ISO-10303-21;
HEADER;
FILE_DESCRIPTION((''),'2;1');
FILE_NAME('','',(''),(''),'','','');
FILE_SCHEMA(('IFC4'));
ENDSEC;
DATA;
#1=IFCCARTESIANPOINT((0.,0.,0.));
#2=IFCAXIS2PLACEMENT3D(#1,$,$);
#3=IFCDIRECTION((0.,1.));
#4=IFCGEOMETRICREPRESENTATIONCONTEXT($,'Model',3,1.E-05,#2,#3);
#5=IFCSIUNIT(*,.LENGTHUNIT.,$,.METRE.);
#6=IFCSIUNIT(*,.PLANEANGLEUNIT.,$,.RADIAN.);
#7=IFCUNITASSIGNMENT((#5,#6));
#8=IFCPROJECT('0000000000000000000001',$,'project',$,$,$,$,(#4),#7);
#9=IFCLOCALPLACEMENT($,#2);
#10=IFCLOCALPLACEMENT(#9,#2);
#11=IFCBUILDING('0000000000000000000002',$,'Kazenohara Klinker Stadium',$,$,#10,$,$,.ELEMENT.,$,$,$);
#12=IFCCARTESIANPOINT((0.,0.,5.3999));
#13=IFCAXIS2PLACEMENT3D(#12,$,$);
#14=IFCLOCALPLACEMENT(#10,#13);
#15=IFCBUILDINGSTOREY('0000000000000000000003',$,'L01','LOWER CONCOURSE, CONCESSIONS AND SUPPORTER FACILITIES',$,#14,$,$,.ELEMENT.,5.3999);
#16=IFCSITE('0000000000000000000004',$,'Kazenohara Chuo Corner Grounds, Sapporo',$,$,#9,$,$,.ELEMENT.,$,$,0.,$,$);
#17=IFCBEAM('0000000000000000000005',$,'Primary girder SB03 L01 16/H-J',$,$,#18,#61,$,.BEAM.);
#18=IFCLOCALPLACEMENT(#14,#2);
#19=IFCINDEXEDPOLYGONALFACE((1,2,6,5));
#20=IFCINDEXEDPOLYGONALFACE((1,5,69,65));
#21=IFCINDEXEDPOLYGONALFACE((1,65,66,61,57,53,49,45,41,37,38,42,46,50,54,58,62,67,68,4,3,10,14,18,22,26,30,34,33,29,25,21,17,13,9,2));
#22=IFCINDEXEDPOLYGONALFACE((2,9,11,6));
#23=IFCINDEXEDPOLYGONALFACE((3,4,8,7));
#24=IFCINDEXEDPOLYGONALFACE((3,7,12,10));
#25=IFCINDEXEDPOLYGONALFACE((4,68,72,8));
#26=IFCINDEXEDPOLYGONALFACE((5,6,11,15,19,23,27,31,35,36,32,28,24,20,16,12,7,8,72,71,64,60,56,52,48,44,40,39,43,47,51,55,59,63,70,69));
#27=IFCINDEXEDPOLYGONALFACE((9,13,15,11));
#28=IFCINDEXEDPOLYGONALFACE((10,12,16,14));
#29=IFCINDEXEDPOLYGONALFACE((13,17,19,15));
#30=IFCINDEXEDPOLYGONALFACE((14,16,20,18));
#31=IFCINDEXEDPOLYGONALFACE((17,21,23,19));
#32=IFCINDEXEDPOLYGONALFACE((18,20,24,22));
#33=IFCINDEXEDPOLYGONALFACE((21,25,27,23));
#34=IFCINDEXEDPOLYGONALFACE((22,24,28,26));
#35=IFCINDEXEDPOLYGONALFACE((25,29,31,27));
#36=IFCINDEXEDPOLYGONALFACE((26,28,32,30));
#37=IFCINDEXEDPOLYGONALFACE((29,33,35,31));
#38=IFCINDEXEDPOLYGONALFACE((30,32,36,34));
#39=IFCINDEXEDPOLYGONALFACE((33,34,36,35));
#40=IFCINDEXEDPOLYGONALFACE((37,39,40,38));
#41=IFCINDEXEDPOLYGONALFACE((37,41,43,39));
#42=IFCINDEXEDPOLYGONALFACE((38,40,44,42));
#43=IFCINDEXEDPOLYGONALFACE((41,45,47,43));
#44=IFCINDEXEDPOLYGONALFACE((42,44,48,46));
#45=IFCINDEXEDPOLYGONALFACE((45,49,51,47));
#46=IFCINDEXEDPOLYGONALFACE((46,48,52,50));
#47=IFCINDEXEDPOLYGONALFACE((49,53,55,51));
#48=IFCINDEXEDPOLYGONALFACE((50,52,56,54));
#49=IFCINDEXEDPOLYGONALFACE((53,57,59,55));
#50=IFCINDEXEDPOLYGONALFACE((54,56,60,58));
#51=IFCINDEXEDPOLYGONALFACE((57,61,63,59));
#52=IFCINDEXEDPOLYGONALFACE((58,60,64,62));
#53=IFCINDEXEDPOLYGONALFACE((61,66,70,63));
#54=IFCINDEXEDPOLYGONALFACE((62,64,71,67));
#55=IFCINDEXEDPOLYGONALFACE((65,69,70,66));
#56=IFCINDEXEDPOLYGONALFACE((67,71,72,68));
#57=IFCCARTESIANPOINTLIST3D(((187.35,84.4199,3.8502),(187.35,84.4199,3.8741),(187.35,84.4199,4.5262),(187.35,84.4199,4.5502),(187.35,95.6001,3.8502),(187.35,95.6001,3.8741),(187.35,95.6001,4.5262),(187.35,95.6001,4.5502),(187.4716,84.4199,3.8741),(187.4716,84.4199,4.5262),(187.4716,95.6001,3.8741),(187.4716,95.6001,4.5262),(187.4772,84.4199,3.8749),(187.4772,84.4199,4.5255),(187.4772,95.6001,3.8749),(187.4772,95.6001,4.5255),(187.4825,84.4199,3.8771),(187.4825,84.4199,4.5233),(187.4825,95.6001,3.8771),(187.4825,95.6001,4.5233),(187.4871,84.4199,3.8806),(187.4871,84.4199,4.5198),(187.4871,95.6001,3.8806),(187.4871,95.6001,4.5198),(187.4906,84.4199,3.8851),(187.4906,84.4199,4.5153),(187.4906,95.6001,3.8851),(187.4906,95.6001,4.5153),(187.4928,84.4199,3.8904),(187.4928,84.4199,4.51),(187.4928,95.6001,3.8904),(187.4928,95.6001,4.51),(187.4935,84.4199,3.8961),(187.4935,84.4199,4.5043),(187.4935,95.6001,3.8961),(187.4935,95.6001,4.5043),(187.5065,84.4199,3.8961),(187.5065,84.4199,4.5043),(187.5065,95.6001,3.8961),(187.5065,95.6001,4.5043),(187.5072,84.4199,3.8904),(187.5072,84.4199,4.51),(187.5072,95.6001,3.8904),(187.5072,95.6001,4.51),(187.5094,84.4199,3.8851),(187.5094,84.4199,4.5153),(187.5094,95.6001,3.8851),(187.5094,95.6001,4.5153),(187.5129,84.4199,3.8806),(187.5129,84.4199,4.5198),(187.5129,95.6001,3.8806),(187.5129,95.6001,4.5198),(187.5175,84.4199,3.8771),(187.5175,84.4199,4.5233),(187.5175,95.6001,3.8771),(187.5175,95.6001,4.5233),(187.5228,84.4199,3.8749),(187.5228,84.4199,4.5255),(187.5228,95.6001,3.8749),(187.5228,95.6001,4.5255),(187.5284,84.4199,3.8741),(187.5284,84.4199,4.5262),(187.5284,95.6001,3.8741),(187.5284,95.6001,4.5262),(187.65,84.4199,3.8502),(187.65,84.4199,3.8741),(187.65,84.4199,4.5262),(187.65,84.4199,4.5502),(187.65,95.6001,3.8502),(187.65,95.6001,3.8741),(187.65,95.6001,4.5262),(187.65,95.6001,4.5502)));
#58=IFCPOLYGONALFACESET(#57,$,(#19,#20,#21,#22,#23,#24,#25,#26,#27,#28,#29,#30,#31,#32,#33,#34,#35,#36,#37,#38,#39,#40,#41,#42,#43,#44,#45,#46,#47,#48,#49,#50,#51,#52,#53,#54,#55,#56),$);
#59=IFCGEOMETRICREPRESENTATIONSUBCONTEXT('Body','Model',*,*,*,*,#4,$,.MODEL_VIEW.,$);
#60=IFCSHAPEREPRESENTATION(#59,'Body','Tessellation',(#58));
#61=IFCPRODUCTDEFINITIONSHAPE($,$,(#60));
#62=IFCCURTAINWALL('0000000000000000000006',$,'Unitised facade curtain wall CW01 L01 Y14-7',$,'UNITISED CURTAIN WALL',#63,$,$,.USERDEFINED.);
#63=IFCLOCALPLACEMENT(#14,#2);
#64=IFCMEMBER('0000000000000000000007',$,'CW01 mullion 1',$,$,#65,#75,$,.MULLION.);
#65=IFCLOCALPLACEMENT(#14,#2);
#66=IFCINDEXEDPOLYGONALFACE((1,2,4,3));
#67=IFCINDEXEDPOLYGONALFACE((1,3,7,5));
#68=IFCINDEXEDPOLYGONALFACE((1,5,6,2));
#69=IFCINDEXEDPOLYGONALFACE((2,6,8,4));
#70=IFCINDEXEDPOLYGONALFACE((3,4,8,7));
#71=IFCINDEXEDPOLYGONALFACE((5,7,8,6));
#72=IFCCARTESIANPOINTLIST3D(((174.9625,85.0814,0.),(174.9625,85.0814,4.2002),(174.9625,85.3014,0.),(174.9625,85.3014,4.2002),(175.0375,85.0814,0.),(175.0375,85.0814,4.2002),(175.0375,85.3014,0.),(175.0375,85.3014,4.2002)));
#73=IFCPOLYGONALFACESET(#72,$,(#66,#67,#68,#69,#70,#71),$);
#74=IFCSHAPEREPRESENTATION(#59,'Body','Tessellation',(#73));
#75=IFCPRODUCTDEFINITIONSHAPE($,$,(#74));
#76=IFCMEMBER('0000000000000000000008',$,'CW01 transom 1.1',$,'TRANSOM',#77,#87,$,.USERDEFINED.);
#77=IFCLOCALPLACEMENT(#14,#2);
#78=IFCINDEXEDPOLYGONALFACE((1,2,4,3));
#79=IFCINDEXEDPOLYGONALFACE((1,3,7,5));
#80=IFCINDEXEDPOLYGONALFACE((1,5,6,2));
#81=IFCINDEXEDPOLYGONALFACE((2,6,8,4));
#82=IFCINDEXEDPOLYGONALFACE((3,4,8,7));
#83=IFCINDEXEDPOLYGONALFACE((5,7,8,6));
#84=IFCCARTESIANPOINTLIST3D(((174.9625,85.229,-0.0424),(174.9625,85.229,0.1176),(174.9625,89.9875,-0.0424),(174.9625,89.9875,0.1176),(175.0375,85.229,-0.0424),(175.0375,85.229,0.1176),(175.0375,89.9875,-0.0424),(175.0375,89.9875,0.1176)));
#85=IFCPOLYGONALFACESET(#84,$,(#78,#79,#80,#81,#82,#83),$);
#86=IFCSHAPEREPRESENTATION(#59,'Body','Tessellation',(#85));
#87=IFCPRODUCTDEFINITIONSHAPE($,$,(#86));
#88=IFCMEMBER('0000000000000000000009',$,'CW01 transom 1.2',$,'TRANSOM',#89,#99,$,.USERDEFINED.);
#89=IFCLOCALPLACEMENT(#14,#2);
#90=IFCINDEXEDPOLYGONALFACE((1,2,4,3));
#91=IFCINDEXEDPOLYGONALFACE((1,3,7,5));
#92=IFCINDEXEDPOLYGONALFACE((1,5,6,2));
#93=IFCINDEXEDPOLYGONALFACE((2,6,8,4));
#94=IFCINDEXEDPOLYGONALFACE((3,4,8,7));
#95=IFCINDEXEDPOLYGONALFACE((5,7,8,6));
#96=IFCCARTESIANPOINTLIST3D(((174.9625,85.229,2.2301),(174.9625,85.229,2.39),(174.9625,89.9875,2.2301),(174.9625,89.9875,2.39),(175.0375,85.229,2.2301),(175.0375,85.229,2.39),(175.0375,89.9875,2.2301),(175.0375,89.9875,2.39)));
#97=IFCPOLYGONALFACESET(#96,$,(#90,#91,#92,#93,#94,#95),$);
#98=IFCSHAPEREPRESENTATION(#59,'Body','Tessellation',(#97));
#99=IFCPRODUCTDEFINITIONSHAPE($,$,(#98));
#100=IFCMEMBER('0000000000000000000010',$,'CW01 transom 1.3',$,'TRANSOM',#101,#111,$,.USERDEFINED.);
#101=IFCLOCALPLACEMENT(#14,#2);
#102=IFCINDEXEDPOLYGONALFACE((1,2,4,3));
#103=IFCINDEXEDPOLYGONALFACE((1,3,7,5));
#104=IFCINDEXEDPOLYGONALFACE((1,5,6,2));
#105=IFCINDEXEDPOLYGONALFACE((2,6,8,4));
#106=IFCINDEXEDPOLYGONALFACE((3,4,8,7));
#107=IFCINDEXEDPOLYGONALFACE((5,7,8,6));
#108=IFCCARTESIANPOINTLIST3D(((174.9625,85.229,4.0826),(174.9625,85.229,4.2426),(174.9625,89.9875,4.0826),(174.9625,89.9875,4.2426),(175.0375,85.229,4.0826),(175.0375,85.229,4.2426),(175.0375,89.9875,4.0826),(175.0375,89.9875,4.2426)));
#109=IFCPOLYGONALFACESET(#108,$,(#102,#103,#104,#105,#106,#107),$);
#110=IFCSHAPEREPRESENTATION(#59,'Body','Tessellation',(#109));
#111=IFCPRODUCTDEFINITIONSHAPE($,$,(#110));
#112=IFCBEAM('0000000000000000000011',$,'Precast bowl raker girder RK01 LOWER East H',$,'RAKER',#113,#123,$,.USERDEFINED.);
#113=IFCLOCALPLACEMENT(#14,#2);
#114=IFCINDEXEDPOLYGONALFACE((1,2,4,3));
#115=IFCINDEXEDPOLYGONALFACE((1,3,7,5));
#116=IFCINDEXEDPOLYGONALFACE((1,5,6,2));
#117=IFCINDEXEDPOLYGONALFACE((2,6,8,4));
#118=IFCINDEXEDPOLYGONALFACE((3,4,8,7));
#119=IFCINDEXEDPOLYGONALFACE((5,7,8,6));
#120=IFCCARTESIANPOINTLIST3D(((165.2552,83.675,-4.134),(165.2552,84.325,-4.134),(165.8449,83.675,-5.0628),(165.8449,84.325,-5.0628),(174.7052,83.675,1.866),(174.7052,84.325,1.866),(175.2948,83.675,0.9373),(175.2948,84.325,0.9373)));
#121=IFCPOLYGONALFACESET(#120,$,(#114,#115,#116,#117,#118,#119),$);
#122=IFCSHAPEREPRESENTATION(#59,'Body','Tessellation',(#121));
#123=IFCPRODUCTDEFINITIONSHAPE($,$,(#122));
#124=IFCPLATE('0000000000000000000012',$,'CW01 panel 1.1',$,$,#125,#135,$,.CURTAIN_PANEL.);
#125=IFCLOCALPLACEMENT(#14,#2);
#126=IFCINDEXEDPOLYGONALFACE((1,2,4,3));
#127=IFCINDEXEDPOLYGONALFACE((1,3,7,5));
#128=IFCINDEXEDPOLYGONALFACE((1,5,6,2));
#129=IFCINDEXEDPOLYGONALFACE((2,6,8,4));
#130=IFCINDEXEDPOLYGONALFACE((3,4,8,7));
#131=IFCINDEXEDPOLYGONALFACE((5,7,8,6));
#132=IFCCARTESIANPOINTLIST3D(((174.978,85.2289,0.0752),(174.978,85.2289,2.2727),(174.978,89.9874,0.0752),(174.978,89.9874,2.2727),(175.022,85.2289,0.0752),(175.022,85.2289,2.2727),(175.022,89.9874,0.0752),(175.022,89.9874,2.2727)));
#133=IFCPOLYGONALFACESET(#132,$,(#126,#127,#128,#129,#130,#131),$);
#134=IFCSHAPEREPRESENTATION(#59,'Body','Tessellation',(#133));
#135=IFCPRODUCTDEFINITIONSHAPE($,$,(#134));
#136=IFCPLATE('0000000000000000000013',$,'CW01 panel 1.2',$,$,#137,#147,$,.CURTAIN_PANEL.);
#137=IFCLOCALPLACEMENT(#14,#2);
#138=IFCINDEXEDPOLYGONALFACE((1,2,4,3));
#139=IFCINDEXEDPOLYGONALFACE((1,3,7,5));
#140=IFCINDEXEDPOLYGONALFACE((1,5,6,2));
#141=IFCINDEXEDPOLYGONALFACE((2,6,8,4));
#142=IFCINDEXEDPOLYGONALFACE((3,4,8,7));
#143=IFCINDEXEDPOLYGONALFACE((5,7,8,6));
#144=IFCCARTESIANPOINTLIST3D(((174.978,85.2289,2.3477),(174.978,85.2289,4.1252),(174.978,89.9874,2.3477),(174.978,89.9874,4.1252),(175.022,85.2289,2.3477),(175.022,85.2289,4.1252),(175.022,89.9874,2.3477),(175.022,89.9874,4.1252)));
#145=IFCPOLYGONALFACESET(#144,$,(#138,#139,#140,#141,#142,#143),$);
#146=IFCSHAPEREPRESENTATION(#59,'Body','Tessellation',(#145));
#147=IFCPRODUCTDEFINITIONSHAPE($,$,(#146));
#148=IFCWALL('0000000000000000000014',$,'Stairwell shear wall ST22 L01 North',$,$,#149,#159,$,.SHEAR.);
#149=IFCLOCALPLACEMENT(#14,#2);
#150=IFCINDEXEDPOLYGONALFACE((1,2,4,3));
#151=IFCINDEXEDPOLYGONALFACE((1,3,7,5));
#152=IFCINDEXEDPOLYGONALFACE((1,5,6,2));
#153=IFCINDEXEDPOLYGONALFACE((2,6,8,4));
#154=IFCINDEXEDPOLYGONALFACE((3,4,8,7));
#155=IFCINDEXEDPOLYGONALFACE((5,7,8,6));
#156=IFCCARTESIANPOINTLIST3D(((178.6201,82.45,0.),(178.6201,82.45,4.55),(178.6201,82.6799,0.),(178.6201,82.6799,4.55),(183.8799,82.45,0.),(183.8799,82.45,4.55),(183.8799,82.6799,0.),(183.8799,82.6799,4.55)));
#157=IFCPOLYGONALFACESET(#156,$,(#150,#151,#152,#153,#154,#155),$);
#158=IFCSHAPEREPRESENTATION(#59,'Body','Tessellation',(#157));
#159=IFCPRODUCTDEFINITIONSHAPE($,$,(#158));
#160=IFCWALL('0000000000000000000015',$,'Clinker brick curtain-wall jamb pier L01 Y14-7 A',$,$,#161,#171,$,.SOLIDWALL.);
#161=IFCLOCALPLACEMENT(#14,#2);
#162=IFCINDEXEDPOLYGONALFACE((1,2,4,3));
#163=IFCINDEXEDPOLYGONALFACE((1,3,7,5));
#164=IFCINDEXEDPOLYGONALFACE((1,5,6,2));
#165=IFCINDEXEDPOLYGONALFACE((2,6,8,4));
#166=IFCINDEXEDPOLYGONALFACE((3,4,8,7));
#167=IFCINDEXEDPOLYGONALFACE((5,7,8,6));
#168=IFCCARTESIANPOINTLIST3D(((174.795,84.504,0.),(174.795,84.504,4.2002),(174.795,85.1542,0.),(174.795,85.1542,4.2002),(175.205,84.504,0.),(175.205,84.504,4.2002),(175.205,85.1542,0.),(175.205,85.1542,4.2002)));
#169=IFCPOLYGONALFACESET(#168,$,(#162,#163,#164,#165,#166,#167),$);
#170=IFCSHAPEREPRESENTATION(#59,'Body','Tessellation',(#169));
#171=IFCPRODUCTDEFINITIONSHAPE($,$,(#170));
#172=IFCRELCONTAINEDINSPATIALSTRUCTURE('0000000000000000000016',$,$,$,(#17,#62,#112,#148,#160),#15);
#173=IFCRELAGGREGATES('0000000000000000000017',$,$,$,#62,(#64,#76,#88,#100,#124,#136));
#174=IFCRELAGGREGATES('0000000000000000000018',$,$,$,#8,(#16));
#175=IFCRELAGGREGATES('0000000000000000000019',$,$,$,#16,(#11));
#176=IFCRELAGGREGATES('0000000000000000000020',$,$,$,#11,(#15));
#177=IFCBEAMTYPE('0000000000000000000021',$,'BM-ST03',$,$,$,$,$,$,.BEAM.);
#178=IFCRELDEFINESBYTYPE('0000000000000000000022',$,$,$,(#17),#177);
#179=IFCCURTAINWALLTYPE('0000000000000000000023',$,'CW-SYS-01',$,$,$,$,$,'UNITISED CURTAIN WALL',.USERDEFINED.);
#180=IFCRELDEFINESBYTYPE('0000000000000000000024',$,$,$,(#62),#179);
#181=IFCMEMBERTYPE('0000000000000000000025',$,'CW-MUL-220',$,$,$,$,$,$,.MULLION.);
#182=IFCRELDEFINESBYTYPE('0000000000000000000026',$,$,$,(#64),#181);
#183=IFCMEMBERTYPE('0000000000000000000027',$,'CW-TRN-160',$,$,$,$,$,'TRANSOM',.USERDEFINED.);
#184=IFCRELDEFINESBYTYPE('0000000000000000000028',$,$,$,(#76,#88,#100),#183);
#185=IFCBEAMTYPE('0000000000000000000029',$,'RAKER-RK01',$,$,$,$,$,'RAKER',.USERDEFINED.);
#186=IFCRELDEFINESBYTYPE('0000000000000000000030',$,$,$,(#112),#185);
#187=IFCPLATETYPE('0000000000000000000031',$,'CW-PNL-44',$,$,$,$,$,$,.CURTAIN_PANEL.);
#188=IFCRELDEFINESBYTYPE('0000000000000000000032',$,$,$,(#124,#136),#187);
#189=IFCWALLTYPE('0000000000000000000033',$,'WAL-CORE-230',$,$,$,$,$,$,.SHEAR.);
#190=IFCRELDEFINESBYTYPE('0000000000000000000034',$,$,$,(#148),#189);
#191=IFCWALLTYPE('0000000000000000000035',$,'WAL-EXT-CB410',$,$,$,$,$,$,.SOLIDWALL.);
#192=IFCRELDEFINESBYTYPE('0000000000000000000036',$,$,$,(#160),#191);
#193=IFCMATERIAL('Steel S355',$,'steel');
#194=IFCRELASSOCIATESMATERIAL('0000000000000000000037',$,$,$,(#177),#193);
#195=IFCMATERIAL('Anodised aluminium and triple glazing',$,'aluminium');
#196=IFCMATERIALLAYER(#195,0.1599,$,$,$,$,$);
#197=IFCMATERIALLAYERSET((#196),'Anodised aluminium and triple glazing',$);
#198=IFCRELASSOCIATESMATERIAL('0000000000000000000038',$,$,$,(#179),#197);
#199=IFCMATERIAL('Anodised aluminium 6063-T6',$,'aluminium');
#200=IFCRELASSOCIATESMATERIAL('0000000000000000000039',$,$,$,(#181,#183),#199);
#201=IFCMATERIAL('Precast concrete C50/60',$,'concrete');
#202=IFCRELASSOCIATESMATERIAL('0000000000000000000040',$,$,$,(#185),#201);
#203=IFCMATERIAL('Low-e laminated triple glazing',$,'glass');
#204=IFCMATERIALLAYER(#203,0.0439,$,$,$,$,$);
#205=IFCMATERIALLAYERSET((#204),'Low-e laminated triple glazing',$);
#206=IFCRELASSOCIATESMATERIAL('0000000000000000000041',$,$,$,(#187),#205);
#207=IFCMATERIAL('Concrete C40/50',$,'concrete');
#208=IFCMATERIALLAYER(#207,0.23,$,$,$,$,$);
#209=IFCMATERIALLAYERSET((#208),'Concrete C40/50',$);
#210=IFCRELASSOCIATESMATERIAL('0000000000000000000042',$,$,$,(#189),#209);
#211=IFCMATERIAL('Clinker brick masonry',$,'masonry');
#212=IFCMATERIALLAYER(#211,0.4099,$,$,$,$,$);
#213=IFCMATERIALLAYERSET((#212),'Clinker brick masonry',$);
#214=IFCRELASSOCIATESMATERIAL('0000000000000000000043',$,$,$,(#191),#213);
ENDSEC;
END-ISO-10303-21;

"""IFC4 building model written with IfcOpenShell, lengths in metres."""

from ifc_helpers import new_model, si_unit, direction, frame, frame_2d, origin, origin_2d, place, context, subcontext, project, spatial, rectangle, i_section, extrude, material, layer, layer_set, material_profile, profile_set, type_object, element, aggregate, save


model = new_model("IFC4")

# Units and contexts
model_context = context("Model", 3, precision=1e-05, world=origin(), true_north=direction((0.0, 1.0)))
body_context = subcontext(model_context, "Body", "Model", "MODEL_VIEW")
ifc_project = project(units=[si_unit("LENGTHUNIT", "METRE"), si_unit("PLANEANGLEUNIT", "RADIAN")], contexts=[model_context])

# Site, building, storey
site_placement = place(None, origin())
site = spatial("IfcSite", under=ifc_project, at=site_placement, Name="Kazenohara Chuo Corner Grounds, Sapporo", CompositionType="ELEMENT", RefElevation=0.0)
building_placement = place(site_placement, origin())
building = spatial("IfcBuilding", under=site, at=building_placement, Name="Kazenohara Klinker Stadium", CompositionType="ELEMENT")
storey_placement = place(building_placement, frame((0.0, 0.0, 5.3999)))
storey = spatial("IfcBuildingStorey", under=building, at=storey_placement, Name="L01", Description="LOWER CONCOURSE, CONCESSIONS AND SUPPORTER FACILITIES", CompositionType="ELEMENT", Elevation=5.3999)

# Shared definitions
ifc_material_1 = material(Name="Concrete C40/50", Category="concrete")

# Beam
ifc_material_2 = material(Name="Steel S355", Category="steel")
ifc_material_profile_1 = material_profile(ifc_material_2, i_section(OverallWidth=0.3, OverallDepth=0.7, WebThickness=0.0129, FlangeThickness=0.0239, FilletRadius=0.022, at=origin_2d()), Name="H-700x300x13x24")
ifc_profile_set_1 = profile_set([ifc_material_profile_1], Name="Steel S355")
beam_type_1 = type_object("IfcBeamType", Name="BM-ST03", PredefinedType="BEAM", material=ifc_profile_set_1)
beam_1_placement = place(storey_placement, frame((187.5, 84.4199, 4.2002), z_axis=(0.0, 1.0, 0.0), x_axis=(-1.0, 0.0, 0.0)))
element("IfcBeam", 1, at=beam_1_placement, inside=storey, type_object=beam_type_1, Name="Primary girder SB03 L01 16/H-J", PredefinedType="BEAM", context=body_context, shape_type="SweptSolid", body=[
    extrude(i_section(OverallWidth=0.3, OverallDepth=0.7, WebThickness=0.0129, FlangeThickness=0.0239, FilletRadius=0.022, at=origin_2d()), origin(), (0.0, 0.0, 1.0), 11.1802),
])

# Curtain wall, members
ifc_material_3 = material(Name="Anodised aluminium and triple glazing", Category="aluminium")
ifc_layer_1 = layer(ifc_material_3, 0.1599)
ifc_layer_set_1 = layer_set([ifc_layer_1], Name="Anodised aluminium and triple glazing")
curtain_wall_type = type_object("IfcCurtainWallType", Name="CW-SYS-01", ElementType="UNITISED CURTAIN WALL", PredefinedType="USERDEFINED", material=ifc_layer_set_1)
curtain_wall_placement = place(storey_placement, origin())
curtain_wall = element("IfcCurtainWall", 2, at=curtain_wall_placement, inside=storey, type_object=curtain_wall_type, Name="Unitised facade curtain wall CW01 L01 Y14-7", ObjectType="UNITISED CURTAIN WALL", PredefinedType="USERDEFINED")
ifc_material_4 = material(Name="Anodised aluminium 6063-T6", Category="aluminium")
ifc_material_profile_2 = material_profile(ifc_material_4, rectangle(XDim=0.075, YDim=0.22, at=origin_2d()), Name="ALU-MUL-75x220")
ifc_profile_set_2 = profile_set([ifc_material_profile_2], Name="Anodised aluminium 6063-T6")
member_type_1 = type_object("IfcMemberType", Name="CW-MUL-220", PredefinedType="MULLION", material=ifc_profile_set_2)
member_1_placement = place(storey_placement, frame((175.0, 85.1914, 0.0), z_axis=(0.0, 0.0, 1.0), x_axis=(-1.0, 0.0, 0.0)))
member_1 = element("IfcMember", 3, at=member_1_placement, type_object=member_type_1, Name="CW01 mullion 1", PredefinedType="MULLION", context=body_context, shape_type="SweptSolid", body=[
    extrude(rectangle(XDim=0.075, YDim=0.22, at=origin_2d()), origin(), (0.0, 0.0, 1.0), 4.2002),
])
ifc_material_profile_3 = material_profile(ifc_material_4, rectangle(XDim=0.075, YDim=0.1599, at=origin_2d()), Name="ALU-TRN-75x160")
ifc_profile_set_3 = profile_set([ifc_material_profile_3], Name="Anodised aluminium 6063-T6")
member_type_2 = type_object("IfcMemberType", Name="CW-TRN-160", ElementType="TRANSOM", PredefinedType="USERDEFINED", material=ifc_profile_set_3)
member_2_placement = place(storey_placement, frame((175.0, 85.229, 0.0376), z_axis=(0.0, 1.0, 0.0), x_axis=(-1.0, 0.0, 0.0)))
member_2 = element("IfcMember", 4, at=member_2_placement, type_object=member_type_2, Name="CW01 transom 1.1", ObjectType="TRANSOM", PredefinedType="USERDEFINED", context=body_context, shape_type="SweptSolid", body=[
    extrude(rectangle(XDim=0.075, YDim=0.1599, at=origin_2d()), origin(), (0.0, 0.0, 1.0), 4.7585),
])
member_3_placement = place(storey_placement, frame((175.0, 85.229, 2.3101), z_axis=(0.0, 1.0, 0.0), x_axis=(-1.0, 0.0, 0.0)))
member_3 = element("IfcMember", 5, at=member_3_placement, type_object=member_type_2, Name="CW01 transom 1.2", ObjectType="TRANSOM", PredefinedType="USERDEFINED", context=body_context, shape_type="SweptSolid", body=[
    extrude(rectangle(XDim=0.075, YDim=0.1599, at=origin_2d()), origin(), (0.0, 0.0, 1.0), 4.7585),
])
member_4_placement = place(storey_placement, frame((175.0, 85.229, 4.1626), z_axis=(0.0, 1.0, 0.0), x_axis=(-1.0, 0.0, 0.0)))
member_4 = element("IfcMember", 6, at=member_4_placement, type_object=member_type_2, Name="CW01 transom 1.3", ObjectType="TRANSOM", PredefinedType="USERDEFINED", context=body_context, shape_type="SweptSolid", body=[
    extrude(rectangle(XDim=0.075, YDim=0.1599, at=origin_2d()), origin(), (0.0, 0.0, 1.0), 4.7585),
])

# Beam
ifc_material_5 = material(Name="Precast concrete C50/60", Category="concrete")
ifc_material_profile_4 = material_profile(ifc_material_5, rectangle(XDim=0.6499, YDim=1.1001, at=origin_2d()), Name="PC-RAKER-650x1100")
ifc_profile_set_4 = profile_set([ifc_material_profile_4], Name="Precast concrete C50/60")
beam_type_2 = type_object("IfcBeamType", Name="RAKER-RK01", ElementType="RAKER", PredefinedType="USERDEFINED", material=ifc_profile_set_4)
beam_2_placement = place(storey_placement, frame((175.0, 84.0, 1.4016), z_axis=(-0.844212, 0.0, -0.53601), x_axis=(0.0, -1.0, 0.0)))
element("IfcBeam", 7, at=beam_2_placement, inside=storey, type_object=beam_type_2, Name="Precast bowl raker girder RK01 LOWER East H", ObjectType="RAKER", PredefinedType="USERDEFINED", context=body_context, shape_type="SweptSolid", body=[
    extrude(rectangle(XDim=0.6499, YDim=1.1001, at=origin_2d()), origin(), (0.0, 0.0, 1.0), 11.1938),
])

# Plates
ifc_material_6 = material(Name="Low-e laminated triple glazing", Category="glass")
ifc_layer_2 = layer(ifc_material_6, 0.0439)
ifc_layer_set_2 = layer_set([ifc_layer_2], Name="Low-e laminated triple glazing")
plate_type = type_object("IfcPlateType", Name="CW-PNL-44", PredefinedType="CURTAIN_PANEL", material=ifc_layer_set_2)
plate_1_placement = place(storey_placement, frame((175.0, 87.6082, 0.0752), z_axis=(0.0, 0.0, 1.0), x_axis=(0.0, 1.0, 0.0)))
plate_1 = element("IfcPlate", 8, at=plate_1_placement, type_object=plate_type, Name="CW01 panel 1.1", PredefinedType="CURTAIN_PANEL", context=body_context, shape_type="SweptSolid", body=[
    extrude(rectangle(XDim=4.7585, YDim=0.0439, at=origin_2d()), origin(), (0.0, 0.0, 1.0), 2.1975),
])
plate_2_placement = place(storey_placement, frame((175.0, 87.6082, 2.3477), z_axis=(0.0, 0.0, 1.0), x_axis=(0.0, 1.0, 0.0)))
plate_2 = element("IfcPlate", 9, at=plate_2_placement, type_object=plate_type, Name="CW01 panel 1.2", PredefinedType="CURTAIN_PANEL", context=body_context, shape_type="SweptSolid", body=[
    extrude(rectangle(XDim=4.7585, YDim=0.0439, at=origin_2d()), origin(), (0.0, 0.0, 1.0), 1.7776),
])
aggregate(curtain_wall, [member_1, member_2, member_3, member_4, plate_1, plate_2])

# Walls
ifc_layer_3 = layer(ifc_material_1, 0.23)
ifc_layer_set_3 = layer_set([ifc_layer_3], Name="Concrete C40/50")
wall_type_1 = type_object("IfcWallType", Name="WAL-CORE-230", PredefinedType="SHEAR", material=ifc_layer_set_3)
wall_1_placement = place(storey_placement, frame((178.6201, 82.5649, 0.0), z_axis=(0.0, 0.0, 1.0), x_axis=(1.0, 0.0, 0.0)))
element("IfcWall", 10, at=wall_1_placement, inside=storey, type_object=wall_type_1, Name="Stairwell shear wall ST22 L01 North", PredefinedType="SHEAR", context=body_context, shape_type="SweptSolid", body=[
    extrude(rectangle(XDim=5.2598, YDim=0.23, at=frame_2d((2.6299, 0.0))), origin(), (0.0, 0.0, 1.0), 4.55),
])
ifc_material_7 = material(Name="Clinker brick masonry", Category="masonry")
ifc_layer_4 = layer(ifc_material_7, 0.4099)
ifc_layer_set_4 = layer_set([ifc_layer_4], Name="Clinker brick masonry")
wall_type_2 = type_object("IfcWallType", Name="WAL-EXT-CB410", PredefinedType="SOLIDWALL", material=ifc_layer_set_4)
wall_2_placement = place(storey_placement, frame((175.0, 84.5039, 0.0), z_axis=(0.0, 0.0, 1.0), x_axis=(0.0, 1.0, 0.0)))
element("IfcWall", 11, at=wall_2_placement, inside=storey, type_object=wall_type_2, Name="Clinker brick curtain-wall jamb pier L01 Y14-7 A", PredefinedType="SOLIDWALL", context=body_context, shape_type="SweptSolid", body=[
    extrude(rectangle(XDim=0.6501, YDim=0.4099, at=frame_2d((0.3252, 0.0))), origin(), (0.0, 0.0, 1.0), 4.2002),
])

save(model, "model.ifc")
